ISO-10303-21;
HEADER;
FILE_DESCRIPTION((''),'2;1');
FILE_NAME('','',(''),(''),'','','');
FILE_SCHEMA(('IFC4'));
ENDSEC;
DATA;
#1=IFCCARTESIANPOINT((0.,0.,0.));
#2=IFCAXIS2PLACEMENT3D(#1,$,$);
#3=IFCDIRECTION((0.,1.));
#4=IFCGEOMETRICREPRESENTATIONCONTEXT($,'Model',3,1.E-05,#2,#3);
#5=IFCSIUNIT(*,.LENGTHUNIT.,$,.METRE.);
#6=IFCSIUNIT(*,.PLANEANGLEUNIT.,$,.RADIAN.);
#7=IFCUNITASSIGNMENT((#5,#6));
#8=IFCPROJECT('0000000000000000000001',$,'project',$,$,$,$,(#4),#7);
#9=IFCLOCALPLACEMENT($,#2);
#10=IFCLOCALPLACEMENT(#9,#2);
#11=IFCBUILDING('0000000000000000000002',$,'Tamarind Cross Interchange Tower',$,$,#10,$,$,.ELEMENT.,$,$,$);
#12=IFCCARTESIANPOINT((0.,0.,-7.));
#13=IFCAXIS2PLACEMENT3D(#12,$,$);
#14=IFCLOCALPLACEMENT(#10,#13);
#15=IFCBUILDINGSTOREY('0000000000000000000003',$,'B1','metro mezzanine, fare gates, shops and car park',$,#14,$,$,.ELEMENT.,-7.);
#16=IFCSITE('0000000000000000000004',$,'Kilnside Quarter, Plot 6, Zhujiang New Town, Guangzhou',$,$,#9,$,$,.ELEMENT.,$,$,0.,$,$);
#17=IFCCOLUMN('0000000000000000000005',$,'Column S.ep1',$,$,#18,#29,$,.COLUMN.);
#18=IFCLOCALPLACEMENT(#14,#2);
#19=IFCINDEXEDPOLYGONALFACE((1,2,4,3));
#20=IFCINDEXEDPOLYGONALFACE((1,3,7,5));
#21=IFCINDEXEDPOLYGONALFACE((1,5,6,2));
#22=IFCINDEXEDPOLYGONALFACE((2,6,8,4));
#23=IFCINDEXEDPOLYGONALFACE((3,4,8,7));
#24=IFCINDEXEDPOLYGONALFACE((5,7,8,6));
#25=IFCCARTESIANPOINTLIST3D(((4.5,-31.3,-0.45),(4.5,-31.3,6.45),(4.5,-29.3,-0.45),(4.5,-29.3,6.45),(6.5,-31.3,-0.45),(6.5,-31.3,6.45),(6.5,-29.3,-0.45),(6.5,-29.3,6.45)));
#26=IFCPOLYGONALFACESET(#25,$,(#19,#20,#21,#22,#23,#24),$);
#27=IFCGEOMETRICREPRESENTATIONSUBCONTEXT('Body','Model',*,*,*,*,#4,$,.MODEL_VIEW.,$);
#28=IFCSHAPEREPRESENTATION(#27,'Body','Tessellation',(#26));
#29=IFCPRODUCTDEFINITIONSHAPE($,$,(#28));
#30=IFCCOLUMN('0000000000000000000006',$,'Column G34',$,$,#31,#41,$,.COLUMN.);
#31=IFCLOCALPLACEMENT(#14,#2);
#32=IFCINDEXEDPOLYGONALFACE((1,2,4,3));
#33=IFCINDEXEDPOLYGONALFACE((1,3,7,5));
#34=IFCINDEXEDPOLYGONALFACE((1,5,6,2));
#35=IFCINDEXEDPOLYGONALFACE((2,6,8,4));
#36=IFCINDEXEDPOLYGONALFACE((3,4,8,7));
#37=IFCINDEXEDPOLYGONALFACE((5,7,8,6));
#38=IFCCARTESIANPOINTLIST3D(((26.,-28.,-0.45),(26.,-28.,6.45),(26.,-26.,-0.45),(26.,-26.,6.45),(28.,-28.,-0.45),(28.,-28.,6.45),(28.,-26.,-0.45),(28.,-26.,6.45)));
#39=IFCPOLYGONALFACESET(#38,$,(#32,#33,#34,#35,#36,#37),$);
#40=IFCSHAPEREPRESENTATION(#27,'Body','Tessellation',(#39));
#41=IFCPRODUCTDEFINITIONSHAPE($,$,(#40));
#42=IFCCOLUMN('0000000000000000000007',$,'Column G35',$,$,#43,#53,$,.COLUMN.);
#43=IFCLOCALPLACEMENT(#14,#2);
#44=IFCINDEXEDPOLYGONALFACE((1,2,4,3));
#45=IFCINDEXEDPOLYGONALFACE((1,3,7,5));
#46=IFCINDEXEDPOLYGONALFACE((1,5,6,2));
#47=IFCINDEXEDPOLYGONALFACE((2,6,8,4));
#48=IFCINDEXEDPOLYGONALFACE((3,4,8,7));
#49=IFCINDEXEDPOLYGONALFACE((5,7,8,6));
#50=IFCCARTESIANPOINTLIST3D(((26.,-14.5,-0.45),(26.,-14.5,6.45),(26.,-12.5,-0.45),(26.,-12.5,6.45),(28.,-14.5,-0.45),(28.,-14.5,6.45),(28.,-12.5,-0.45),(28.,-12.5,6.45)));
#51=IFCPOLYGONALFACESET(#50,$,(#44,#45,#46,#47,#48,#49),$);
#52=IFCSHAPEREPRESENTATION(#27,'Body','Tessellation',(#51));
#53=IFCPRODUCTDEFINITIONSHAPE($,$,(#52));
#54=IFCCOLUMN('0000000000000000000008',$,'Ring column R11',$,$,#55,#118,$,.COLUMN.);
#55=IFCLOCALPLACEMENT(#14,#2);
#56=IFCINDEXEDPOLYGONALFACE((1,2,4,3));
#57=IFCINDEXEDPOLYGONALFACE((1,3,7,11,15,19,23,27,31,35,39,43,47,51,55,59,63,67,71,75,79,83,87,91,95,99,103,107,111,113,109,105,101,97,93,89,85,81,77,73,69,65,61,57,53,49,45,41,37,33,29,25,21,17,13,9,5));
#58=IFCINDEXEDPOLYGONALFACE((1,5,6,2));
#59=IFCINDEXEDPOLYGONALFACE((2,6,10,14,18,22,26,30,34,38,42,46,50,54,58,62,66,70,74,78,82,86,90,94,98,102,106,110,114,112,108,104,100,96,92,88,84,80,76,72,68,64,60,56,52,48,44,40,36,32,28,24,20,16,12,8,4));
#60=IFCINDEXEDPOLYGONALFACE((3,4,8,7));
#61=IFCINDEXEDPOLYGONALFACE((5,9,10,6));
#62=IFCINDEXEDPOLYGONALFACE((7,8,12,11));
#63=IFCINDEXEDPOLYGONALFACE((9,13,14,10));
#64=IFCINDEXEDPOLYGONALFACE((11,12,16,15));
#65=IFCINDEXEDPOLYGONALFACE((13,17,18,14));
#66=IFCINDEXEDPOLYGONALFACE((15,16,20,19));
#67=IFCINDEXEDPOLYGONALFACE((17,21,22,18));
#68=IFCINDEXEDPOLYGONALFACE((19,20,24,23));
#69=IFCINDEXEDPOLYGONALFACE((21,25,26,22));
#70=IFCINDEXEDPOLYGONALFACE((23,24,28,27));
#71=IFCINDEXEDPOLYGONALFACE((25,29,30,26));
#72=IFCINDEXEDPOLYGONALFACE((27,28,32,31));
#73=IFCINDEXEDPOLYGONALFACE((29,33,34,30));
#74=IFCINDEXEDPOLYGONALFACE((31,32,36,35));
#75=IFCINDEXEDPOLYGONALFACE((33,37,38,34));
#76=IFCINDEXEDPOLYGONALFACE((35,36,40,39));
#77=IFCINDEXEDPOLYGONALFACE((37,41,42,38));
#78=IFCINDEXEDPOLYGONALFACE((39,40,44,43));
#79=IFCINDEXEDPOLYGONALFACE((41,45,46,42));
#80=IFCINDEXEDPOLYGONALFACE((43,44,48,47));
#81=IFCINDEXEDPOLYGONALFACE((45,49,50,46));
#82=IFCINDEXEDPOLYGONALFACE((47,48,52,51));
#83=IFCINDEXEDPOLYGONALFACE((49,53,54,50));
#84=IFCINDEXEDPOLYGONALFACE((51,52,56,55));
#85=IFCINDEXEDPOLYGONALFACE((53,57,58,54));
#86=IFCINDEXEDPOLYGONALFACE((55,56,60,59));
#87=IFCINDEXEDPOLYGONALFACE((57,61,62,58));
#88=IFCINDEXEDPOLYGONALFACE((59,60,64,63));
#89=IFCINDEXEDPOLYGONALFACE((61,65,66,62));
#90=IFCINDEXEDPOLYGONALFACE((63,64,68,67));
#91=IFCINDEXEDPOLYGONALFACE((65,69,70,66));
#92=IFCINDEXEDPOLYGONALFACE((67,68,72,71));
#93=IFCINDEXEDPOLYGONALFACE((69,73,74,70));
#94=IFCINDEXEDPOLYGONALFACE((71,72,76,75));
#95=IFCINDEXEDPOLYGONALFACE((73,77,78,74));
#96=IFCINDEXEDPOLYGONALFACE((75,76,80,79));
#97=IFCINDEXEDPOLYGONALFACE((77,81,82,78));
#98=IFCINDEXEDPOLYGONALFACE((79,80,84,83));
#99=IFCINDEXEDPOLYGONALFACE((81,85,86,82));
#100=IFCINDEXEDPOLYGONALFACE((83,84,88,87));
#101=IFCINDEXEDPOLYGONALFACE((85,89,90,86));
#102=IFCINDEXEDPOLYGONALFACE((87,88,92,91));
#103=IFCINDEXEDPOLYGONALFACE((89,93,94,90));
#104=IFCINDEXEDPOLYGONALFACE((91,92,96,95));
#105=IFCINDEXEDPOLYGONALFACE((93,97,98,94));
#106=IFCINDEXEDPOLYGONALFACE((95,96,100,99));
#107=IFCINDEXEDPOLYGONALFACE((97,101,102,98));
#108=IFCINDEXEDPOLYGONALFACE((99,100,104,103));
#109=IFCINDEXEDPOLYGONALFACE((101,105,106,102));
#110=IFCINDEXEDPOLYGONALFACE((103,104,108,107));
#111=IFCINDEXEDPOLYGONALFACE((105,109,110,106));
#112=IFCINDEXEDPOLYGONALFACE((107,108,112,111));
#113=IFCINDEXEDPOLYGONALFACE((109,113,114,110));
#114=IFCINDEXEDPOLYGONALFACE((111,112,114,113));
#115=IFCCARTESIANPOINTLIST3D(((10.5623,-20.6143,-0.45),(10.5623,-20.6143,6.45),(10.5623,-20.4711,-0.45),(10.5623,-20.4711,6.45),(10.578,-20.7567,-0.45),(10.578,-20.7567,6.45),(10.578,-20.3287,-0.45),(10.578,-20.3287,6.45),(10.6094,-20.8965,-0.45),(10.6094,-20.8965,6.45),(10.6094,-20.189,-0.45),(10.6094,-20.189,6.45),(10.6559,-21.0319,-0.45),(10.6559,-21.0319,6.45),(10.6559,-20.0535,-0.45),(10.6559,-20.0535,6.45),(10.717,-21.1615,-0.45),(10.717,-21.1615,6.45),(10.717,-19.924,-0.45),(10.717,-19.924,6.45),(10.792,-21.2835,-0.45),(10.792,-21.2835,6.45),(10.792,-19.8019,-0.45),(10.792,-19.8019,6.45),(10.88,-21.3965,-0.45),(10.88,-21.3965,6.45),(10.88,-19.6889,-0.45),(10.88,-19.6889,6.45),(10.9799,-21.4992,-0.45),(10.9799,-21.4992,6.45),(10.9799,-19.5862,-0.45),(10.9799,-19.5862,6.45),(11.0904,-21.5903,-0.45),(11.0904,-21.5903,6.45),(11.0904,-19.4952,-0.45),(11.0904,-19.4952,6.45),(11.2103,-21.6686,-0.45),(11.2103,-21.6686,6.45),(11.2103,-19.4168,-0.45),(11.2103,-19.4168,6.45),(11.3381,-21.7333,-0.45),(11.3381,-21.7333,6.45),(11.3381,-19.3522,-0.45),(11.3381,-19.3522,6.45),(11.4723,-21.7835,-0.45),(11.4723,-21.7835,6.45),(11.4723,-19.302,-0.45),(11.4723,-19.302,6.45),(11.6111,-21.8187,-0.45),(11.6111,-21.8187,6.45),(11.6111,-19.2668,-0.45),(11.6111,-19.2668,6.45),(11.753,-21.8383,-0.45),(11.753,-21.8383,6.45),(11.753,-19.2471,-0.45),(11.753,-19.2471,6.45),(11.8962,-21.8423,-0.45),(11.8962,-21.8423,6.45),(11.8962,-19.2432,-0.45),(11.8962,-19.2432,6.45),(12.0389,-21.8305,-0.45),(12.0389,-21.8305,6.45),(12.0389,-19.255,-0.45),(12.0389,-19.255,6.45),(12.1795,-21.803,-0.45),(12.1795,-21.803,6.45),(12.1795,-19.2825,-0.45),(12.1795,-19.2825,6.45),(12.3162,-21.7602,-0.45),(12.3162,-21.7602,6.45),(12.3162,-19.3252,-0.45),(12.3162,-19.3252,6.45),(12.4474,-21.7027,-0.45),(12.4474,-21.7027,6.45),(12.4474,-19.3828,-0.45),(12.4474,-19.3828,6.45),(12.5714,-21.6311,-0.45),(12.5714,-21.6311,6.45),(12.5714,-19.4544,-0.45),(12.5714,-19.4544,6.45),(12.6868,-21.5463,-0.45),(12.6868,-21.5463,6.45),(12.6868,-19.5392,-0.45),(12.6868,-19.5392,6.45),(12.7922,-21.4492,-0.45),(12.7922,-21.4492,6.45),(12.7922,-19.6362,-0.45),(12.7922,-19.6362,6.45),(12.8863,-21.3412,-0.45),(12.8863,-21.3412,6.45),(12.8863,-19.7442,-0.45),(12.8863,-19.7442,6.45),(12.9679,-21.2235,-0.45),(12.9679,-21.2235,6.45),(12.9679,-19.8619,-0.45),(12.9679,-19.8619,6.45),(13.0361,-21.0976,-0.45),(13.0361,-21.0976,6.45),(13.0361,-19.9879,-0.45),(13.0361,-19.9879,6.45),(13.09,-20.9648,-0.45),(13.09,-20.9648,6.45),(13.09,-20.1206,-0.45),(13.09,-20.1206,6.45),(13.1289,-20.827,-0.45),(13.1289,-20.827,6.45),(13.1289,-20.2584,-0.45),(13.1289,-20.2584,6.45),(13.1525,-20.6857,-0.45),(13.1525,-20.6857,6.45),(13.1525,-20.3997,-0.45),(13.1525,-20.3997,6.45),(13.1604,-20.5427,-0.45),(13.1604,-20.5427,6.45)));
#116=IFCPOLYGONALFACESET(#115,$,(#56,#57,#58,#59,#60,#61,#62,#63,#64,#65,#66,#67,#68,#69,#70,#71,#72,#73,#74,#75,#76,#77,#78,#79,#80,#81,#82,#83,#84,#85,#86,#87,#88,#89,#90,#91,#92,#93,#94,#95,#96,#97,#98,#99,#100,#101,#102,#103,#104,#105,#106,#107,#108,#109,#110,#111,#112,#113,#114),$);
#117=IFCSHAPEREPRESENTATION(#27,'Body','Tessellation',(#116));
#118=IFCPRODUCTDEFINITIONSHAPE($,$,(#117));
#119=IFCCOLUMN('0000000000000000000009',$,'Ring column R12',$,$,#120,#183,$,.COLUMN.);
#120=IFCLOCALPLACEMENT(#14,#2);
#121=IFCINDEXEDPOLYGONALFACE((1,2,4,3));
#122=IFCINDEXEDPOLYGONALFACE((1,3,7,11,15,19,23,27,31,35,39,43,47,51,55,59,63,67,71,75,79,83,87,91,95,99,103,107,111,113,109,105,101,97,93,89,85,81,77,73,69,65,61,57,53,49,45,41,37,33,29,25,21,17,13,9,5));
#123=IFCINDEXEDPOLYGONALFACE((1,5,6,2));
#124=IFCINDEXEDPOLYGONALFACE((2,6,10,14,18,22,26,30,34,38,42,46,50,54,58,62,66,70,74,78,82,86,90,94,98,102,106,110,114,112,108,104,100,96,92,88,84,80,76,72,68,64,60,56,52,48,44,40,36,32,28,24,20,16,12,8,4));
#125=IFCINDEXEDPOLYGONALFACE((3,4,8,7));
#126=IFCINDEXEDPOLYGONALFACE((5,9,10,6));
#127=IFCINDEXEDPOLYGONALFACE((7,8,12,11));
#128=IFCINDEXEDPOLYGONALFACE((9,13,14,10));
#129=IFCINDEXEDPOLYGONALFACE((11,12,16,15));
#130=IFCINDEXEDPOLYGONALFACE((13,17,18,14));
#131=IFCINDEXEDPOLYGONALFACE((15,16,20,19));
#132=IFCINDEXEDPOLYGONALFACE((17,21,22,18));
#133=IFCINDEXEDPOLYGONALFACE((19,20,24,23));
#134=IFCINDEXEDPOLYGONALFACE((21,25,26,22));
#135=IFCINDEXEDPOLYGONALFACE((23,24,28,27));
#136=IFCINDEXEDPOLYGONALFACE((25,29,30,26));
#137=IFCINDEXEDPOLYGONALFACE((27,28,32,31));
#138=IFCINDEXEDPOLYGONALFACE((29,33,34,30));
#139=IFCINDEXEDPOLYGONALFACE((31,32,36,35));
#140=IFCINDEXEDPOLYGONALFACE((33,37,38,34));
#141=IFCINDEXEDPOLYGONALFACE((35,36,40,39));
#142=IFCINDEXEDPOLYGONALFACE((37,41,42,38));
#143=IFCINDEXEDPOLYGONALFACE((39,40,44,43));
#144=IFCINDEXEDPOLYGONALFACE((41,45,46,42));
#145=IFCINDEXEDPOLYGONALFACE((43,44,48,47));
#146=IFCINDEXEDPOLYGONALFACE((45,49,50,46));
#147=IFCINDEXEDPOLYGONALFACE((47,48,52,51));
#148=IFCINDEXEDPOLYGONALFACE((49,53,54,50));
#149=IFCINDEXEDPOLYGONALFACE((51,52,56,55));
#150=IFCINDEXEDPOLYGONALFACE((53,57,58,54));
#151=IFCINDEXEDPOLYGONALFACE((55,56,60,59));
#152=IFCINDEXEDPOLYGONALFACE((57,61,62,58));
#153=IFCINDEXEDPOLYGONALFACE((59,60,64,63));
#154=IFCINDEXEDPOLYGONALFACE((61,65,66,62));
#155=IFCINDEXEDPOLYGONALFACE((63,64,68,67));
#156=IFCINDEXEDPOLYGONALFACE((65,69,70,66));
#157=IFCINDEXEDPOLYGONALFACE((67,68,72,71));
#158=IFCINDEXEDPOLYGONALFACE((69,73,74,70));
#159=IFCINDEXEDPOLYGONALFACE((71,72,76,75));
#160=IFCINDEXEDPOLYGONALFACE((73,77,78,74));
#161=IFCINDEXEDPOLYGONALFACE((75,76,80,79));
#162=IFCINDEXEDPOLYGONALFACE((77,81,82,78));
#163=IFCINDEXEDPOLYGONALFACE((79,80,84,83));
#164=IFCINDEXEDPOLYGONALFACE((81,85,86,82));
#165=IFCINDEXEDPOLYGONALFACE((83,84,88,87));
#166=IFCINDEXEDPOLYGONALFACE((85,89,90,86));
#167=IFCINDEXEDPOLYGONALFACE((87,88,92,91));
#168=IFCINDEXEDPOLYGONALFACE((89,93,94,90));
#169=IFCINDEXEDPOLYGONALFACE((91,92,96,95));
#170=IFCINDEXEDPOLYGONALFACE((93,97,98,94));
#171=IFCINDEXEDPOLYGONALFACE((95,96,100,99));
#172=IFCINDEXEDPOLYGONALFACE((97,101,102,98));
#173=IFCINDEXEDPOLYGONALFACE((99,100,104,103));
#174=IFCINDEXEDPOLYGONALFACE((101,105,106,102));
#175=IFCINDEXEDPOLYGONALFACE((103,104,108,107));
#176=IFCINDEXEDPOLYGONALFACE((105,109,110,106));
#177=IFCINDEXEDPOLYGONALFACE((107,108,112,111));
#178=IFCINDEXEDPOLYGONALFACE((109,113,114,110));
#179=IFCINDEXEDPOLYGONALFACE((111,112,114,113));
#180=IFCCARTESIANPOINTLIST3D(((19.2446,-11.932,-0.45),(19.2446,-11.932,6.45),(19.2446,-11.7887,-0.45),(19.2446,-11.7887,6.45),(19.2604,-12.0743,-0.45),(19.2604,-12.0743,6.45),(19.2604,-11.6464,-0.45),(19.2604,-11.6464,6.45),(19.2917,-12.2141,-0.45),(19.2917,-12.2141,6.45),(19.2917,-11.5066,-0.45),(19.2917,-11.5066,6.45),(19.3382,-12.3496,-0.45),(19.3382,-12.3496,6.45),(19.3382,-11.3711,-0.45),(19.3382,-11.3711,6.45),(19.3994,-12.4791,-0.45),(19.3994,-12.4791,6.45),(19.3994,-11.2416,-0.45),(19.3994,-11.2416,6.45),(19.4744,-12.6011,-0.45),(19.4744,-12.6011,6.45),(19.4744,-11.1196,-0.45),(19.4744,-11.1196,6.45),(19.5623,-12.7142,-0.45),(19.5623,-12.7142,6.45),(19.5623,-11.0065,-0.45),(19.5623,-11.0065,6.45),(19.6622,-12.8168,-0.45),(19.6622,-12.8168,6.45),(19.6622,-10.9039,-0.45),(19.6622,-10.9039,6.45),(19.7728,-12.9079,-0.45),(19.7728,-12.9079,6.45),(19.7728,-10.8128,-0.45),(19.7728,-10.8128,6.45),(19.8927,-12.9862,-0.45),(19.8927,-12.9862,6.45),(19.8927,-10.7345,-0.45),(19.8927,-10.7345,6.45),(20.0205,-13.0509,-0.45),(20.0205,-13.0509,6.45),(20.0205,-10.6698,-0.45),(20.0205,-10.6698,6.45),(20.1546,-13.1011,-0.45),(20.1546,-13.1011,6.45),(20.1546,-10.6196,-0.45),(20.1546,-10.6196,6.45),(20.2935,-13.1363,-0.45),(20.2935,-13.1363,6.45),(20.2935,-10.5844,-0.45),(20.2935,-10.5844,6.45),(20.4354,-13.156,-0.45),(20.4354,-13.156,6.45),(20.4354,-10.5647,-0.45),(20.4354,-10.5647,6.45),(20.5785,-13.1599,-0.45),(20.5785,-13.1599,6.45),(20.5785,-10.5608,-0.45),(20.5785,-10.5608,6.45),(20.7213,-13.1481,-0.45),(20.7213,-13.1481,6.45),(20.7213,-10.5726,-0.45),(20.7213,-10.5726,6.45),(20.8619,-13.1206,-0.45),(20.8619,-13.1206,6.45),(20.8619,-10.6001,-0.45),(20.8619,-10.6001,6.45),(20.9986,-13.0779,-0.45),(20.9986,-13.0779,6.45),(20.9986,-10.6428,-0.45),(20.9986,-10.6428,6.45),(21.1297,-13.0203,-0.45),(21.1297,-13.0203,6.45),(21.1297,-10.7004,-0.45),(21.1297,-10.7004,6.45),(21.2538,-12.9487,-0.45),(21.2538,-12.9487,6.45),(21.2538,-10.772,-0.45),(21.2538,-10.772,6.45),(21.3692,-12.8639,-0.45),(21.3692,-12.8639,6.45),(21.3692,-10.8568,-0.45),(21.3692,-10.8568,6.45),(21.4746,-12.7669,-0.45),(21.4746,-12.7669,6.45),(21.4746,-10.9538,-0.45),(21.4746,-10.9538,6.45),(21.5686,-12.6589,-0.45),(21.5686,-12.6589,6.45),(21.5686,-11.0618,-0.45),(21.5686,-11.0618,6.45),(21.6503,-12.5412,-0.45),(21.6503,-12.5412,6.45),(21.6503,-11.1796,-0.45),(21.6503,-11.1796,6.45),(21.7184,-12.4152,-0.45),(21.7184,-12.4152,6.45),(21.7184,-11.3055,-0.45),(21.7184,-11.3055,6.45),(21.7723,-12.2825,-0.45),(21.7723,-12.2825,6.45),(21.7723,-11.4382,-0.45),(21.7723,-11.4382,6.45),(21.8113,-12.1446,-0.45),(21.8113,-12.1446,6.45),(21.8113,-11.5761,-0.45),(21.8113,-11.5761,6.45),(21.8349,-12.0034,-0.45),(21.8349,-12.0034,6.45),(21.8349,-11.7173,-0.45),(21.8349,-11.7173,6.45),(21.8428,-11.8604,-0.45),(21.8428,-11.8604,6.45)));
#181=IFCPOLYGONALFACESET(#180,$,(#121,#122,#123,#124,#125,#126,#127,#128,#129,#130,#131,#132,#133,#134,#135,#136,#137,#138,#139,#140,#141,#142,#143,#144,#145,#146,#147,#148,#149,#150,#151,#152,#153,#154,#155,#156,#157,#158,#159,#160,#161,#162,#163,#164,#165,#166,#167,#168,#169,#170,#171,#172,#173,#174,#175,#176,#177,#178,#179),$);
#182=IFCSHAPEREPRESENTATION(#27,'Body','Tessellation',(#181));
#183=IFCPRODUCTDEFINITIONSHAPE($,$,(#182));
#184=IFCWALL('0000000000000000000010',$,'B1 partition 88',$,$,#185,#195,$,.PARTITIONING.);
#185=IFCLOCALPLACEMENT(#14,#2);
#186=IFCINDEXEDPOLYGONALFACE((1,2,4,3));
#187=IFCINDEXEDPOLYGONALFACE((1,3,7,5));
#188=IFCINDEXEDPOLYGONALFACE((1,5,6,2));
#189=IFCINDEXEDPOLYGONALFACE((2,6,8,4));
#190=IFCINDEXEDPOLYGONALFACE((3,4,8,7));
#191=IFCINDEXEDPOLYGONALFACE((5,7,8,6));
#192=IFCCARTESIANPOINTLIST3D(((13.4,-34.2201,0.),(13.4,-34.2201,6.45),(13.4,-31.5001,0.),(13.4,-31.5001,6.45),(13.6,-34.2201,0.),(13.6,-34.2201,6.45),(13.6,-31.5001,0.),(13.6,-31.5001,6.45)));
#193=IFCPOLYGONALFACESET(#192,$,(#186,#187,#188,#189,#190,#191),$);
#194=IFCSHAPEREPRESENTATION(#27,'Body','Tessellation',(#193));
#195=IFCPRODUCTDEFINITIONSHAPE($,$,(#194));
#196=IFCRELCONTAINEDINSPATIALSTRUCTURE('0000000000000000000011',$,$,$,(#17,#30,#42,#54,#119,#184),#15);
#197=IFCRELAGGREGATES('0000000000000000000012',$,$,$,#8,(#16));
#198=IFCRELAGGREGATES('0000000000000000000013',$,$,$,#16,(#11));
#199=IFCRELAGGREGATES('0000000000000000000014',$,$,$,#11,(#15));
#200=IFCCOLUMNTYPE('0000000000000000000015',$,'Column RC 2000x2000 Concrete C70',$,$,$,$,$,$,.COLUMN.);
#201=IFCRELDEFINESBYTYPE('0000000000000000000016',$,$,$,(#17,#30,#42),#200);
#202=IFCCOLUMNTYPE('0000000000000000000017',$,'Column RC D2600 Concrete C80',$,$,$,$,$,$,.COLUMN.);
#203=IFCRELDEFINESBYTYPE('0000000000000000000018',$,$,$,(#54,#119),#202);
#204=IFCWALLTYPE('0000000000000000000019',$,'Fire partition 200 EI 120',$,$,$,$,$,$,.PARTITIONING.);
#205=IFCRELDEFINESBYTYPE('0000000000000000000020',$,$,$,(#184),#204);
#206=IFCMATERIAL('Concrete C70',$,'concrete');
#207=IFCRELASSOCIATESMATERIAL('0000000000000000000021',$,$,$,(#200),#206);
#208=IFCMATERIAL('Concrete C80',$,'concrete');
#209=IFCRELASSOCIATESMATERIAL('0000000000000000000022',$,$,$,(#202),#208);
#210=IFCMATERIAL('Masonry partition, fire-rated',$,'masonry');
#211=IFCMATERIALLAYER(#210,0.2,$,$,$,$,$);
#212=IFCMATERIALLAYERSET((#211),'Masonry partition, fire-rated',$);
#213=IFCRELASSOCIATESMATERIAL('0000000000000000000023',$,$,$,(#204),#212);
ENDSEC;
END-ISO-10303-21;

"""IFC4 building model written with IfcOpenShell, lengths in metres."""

from ifc_helpers import new_model, si_unit, direction, frame, frame_2d, origin, origin_2d, place, context, subcontext, project, spatial, rectangle, circle, extrude, material, layer, layer_set, material_profile, profile_set, type_object, element, save


model = new_model("IFC4")

# Units and contexts
model_context = context("Model", 3, precision=1e-05, world=origin(), true_north=direction((0.0, 1.0)))
body_context = subcontext(model_context, "Body", "Model", "MODEL_VIEW")
ifc_project = project(units=[si_unit("LENGTHUNIT", "METRE"), si_unit("PLANEANGLEUNIT", "RADIAN")], contexts=[model_context])

# Site, building, storey
site_placement = place(None, origin())
site = spatial("IfcSite", under=ifc_project, at=site_placement, Name="Kilnside Quarter, Plot 6, Zhujiang New Town, Guangzhou", CompositionType="ELEMENT", RefElevation=0.0)
building_placement = place(site_placement, origin())
building = spatial("IfcBuilding", under=site, at=building_placement, Name="Tamarind Cross Interchange Tower", CompositionType="ELEMENT")
storey_placement = place(building_placement, frame((0.0, 0.0, -7.0)))
storey = spatial("IfcBuildingStorey", under=building, at=storey_placement, Name="B1", Description="metro mezzanine, fare gates, shops and car park", CompositionType="ELEMENT", Elevation=-7.0)

# Columns
ifc_material_1 = material(Name="Concrete C70", Category="concrete")
ifc_material_profile_1 = material_profile(ifc_material_1, rectangle(XDim=2.0, YDim=2.0, at=origin_2d()), Name="RC 2000x2000")
ifc_profile_set_1 = profile_set([ifc_material_profile_1], Name="Concrete C70")
column_type_1 = type_object("IfcColumnType", Name="Column RC 2000x2000 Concrete C70", PredefinedType="COLUMN", material=ifc_profile_set_1)
for number, where, z_axis, x_axis, name in (
    (1, (5.5, -30.3, -0.45), (0.0, 0.0, 1.0), (1.0, 0.0, 0.0), "Column S.ep1"),
    (2, (27.0, -27.0, -0.45), (0.0, 0.0, 1.0), (1.0, 0.0, 0.0), "Column G34"),
    (3, (27.0, -13.5, -0.45), (0.0, 0.0, 1.0), (1.0, 0.0, 0.0), "Column G35"),
):
    element("IfcColumn", number, at=place(storey_placement, frame(where, z_axis=z_axis, x_axis=x_axis)), inside=storey, type_object=column_type_1, Name=name, PredefinedType="COLUMN", context=body_context, shape_type="SweptSolid", body=[
        extrude(rectangle(XDim=2.0, YDim=2.0, at=origin_2d()), origin(), (0.0, 0.0, 1.0), 6.8999),
    ])
ifc_material_2 = material(Name="Concrete C80", Category="concrete")
ifc_material_profile_2 = material_profile(ifc_material_2, circle(Radius=1.3, at=origin_2d()), Name="RC D2600")
ifc_profile_set_2 = profile_set([ifc_material_profile_2], Name="Concrete C80")
column_type_2 = type_object("IfcColumnType", Name="Column RC D2600 Concrete C80", PredefinedType="COLUMN", material=ifc_profile_set_2)
for number, where, z_axis, x_axis, name in (
    (4, (11.8604, -20.5427, -0.45), (0.0, 0.0, 1.0), (1.0, 0.0, 0.0), "Ring column R11"),
    (5, (20.5427, -11.8604, -0.45), (0.0, 0.0, 1.0), (1.0, 0.0, 0.0), "Ring column R12"),
):
    element("IfcColumn", number, at=place(storey_placement, frame(where, z_axis=z_axis, x_axis=x_axis)), inside=storey, type_object=column_type_2, Name=name, PredefinedType="COLUMN", context=body_context, shape_type="SweptSolid", body=[
        extrude(circle(Radius=1.3, at=origin_2d()), origin(), (0.0, 0.0, 1.0), 6.8999),
    ])

# Wall
ifc_material_3 = material(Name="Masonry partition, fire-rated", Category="masonry")
ifc_layer_1 = layer(ifc_material_3, 0.2)
ifc_layer_set_1 = layer_set([ifc_layer_1], Name="Masonry partition, fire-rated")
wall_type_1 = type_object("IfcWallType", Name="Fire partition 200 EI 120", PredefinedType="PARTITIONING", material=ifc_layer_set_1)
wall_1_placement = place(storey_placement, frame((13.5, -34.22, 0.0), z_axis=(0.0, 0.0, 1.0), x_axis=(0.0, 1.0, 0.0)))
element("IfcWall", 6, at=wall_1_placement, inside=storey, type_object=wall_type_1, Name="B1 partition 88", PredefinedType="PARTITIONING", context=body_context, shape_type="SweptSolid", body=[
    extrude(rectangle(XDim=2.72, YDim=0.2, at=frame_2d((1.3599, 0.0))), origin(), (0.0, 0.0, 1.0), 6.45),
])

save(model, "model.ifc")
